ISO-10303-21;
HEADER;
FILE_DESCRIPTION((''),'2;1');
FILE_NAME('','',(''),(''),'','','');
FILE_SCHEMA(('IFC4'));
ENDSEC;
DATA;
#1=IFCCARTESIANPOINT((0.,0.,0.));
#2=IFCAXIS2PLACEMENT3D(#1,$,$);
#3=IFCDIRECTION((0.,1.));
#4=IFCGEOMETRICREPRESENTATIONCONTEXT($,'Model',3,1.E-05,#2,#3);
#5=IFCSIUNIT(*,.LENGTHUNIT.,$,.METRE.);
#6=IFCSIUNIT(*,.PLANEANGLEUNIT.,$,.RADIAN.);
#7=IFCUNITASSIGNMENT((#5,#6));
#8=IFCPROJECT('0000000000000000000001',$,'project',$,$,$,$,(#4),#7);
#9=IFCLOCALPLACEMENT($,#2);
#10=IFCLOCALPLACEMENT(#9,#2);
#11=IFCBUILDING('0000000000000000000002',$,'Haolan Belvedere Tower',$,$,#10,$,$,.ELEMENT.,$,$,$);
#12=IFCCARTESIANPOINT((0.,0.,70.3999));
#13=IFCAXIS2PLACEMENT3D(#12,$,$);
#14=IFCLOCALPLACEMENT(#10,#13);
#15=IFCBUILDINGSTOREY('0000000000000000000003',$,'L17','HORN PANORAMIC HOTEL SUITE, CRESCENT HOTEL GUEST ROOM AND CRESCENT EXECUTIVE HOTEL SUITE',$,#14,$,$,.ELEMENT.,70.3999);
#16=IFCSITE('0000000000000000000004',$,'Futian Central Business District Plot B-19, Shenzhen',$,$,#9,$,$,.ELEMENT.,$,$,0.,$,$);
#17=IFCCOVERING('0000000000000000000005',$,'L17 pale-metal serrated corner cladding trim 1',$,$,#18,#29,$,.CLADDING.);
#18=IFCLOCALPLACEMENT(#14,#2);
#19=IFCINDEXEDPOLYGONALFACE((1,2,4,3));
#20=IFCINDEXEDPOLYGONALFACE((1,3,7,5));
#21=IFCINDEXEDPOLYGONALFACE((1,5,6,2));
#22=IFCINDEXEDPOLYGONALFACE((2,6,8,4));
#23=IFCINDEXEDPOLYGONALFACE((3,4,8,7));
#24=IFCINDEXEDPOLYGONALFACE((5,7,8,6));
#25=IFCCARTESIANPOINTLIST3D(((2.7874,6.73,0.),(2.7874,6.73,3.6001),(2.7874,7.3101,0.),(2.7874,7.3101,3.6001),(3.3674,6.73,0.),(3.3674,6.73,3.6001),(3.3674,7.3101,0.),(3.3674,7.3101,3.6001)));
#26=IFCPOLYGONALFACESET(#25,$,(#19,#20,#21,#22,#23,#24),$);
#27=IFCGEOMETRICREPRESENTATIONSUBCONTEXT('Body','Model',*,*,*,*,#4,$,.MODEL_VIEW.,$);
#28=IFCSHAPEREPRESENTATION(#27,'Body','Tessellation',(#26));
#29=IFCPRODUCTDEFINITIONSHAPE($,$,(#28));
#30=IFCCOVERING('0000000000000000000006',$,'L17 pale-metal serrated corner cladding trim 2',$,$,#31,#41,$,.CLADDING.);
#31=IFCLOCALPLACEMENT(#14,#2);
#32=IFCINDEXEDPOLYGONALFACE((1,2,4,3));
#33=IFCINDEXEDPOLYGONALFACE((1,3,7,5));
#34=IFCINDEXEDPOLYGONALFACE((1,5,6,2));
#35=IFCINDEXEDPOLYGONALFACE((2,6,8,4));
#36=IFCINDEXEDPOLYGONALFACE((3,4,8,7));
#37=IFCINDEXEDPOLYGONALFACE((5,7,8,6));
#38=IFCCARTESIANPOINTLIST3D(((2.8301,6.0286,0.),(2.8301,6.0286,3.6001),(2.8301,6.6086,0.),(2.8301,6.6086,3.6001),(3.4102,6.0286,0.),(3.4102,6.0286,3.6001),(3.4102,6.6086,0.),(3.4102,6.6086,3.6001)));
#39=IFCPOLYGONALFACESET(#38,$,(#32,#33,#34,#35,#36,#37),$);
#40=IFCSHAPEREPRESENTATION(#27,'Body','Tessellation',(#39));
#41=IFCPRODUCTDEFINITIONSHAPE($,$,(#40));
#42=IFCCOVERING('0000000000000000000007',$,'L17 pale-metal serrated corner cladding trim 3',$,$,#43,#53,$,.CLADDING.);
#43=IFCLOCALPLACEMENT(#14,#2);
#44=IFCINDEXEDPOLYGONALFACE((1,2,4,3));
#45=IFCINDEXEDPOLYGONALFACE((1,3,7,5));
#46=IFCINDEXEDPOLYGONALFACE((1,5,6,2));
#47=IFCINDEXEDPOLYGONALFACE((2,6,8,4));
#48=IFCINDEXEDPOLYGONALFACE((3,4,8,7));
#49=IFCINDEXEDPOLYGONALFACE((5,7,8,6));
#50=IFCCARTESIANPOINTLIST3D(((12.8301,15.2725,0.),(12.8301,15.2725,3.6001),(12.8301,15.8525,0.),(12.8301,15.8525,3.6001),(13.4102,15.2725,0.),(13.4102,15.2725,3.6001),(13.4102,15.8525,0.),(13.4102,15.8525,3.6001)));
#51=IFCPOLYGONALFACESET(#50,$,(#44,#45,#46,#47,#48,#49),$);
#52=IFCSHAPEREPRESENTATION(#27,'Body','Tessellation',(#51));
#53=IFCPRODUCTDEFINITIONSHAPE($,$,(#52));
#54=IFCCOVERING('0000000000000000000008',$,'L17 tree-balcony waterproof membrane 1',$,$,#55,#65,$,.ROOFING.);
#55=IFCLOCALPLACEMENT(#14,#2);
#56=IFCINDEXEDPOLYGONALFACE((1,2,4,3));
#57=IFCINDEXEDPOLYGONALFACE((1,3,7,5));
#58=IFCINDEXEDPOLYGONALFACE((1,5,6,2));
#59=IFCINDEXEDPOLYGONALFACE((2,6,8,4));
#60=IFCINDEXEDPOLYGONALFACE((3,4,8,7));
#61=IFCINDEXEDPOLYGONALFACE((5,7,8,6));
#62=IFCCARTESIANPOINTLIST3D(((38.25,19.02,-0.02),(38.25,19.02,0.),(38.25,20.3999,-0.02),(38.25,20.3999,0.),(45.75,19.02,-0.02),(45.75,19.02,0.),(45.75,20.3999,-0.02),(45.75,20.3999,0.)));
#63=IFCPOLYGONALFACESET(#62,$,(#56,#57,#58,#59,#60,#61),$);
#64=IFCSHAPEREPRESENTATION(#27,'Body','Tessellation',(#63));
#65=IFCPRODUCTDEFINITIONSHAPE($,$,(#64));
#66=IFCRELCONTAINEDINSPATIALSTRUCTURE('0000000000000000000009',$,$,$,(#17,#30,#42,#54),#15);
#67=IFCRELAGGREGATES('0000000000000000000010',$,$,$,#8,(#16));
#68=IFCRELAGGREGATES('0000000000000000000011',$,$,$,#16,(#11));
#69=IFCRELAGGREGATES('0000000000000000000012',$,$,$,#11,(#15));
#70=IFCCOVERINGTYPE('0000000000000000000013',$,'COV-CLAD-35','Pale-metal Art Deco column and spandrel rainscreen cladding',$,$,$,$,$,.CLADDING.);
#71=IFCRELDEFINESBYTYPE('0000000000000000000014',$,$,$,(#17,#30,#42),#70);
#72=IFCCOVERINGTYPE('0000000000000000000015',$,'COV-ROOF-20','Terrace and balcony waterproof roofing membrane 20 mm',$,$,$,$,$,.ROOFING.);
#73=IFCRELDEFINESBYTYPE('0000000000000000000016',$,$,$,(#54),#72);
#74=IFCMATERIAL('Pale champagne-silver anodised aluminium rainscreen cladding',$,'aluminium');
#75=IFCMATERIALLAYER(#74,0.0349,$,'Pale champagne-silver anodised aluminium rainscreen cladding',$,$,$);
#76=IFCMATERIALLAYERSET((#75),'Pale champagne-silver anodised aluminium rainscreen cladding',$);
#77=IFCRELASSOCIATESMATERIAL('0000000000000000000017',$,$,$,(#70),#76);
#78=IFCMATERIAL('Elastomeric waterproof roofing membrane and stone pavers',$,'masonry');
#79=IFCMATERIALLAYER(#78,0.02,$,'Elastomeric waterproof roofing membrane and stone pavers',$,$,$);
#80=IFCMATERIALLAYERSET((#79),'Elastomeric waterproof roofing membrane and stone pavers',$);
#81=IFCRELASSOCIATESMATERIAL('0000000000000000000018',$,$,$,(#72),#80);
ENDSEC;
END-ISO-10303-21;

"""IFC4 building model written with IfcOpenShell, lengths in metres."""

from ifc_helpers import new_model, si_unit, direction, frame, origin, origin_2d, place, context, subcontext, project, spatial, polyline, rectangle, outline, extrude, material, layer, layer_set, type_object, element, save


model = new_model("IFC4")

# Units and contexts
model_context = context("Model", 3, precision=1e-05, world=origin(), true_north=direction((0.0, 1.0)))
body_context = subcontext(model_context, "Body", "Model", "MODEL_VIEW")
ifc_project = project(units=[si_unit("LENGTHUNIT", "METRE"), si_unit("PLANEANGLEUNIT", "RADIAN")], contexts=[model_context])

# Site, building, storey
site_placement = place(None, origin())
site = spatial("IfcSite", under=ifc_project, at=site_placement, Name="Futian Central Business District Plot B-19, Shenzhen", CompositionType="ELEMENT", RefElevation=0.0)
building_placement = place(site_placement, origin())
building = spatial("IfcBuilding", under=site, at=building_placement, Name="Haolan Belvedere Tower", CompositionType="ELEMENT")
storey_placement = place(building_placement, frame((0.0, 0.0, 70.3999)))
storey = spatial("IfcBuildingStorey", under=building, at=storey_placement, Name="L17", Description="HORN PANORAMIC HOTEL SUITE, CRESCENT HOTEL GUEST ROOM AND CRESCENT EXECUTIVE HOTEL SUITE", CompositionType="ELEMENT", Elevation=70.3999)

# Coverings
ifc_material_1 = material(Name="Pale champagne-silver anodised aluminium rainscreen cladding", Category="aluminium")
ifc_layer_1 = layer(ifc_material_1, 0.0349, Name="Pale champagne-silver anodised aluminium rainscreen cladding")
ifc_layer_set_1 = layer_set([ifc_layer_1], Name="Pale champagne-silver anodised aluminium rainscreen cladding")
covering_type_1 = type_object("IfcCoveringType", Name="COV-CLAD-35", Description="Pale-metal Art Deco column and spandrel rainscreen cladding", PredefinedType="CLADDING", material=ifc_layer_set_1)
for number, where, z_axis, x_axis, name in (
    (1, (3.0774, 7.02, 0.0), (0.0, 0.0, 1.0), (1.0, 0.0, 0.0), "L17 pale-metal serrated corner cladding trim 1"),
    (2, (3.1201, 6.3186, 0.0), (0.0, 0.0, 1.0), (1.0, 0.0, 0.0), "L17 pale-metal serrated corner cladding trim 2"),
    (3, (13.1201, 15.5625, 0.0), (0.0, 0.0, 1.0), (1.0, 0.0, 0.0), "L17 pale-metal serrated corner cladding trim 3"),
):
    element("IfcCovering", number, at=place(storey_placement, frame(where, z_axis=z_axis, x_axis=x_axis)), inside=storey, type_object=covering_type_1, Name=name, PredefinedType="CLADDING", context=body_context, shape_type="SweptSolid", body=[
        extrude(rectangle(XDim=0.5801, YDim=0.5801, at=origin_2d()), origin(), (0.0, 0.0, 1.0), 3.6001),
    ])
ifc_material_2 = material(Name="Elastomeric waterproof roofing membrane and stone pavers", Category="masonry")
ifc_layer_2 = layer(ifc_material_2, 0.02, Name="Elastomeric waterproof roofing membrane and stone pavers")
ifc_layer_set_2 = layer_set([ifc_layer_2], Name="Elastomeric waterproof roofing membrane and stone pavers")
covering_type_2 = type_object("IfcCoveringType", Name="COV-ROOF-20", Description="Terrace and balcony waterproof roofing membrane 20 mm", PredefinedType="ROOFING", material=ifc_layer_set_2)
covering_placement = place(storey_placement, frame((0.0, 0.0, -0.02)))
element("IfcCovering", 4, at=covering_placement, inside=storey, type_object=covering_type_2, Name="L17 tree-balcony waterproof membrane 1", PredefinedType="ROOFING", context=body_context, shape_type="SweptSolid", body=[
    extrude(outline(polyline([(38.25, 19.02), (45.75, 19.02), (45.75, 20.3999), (38.25, 20.3999), (38.25, 19.02)])), origin(), (0.0, 0.0, 1.0), 0.02),
])

save(model, "model.ifc")
